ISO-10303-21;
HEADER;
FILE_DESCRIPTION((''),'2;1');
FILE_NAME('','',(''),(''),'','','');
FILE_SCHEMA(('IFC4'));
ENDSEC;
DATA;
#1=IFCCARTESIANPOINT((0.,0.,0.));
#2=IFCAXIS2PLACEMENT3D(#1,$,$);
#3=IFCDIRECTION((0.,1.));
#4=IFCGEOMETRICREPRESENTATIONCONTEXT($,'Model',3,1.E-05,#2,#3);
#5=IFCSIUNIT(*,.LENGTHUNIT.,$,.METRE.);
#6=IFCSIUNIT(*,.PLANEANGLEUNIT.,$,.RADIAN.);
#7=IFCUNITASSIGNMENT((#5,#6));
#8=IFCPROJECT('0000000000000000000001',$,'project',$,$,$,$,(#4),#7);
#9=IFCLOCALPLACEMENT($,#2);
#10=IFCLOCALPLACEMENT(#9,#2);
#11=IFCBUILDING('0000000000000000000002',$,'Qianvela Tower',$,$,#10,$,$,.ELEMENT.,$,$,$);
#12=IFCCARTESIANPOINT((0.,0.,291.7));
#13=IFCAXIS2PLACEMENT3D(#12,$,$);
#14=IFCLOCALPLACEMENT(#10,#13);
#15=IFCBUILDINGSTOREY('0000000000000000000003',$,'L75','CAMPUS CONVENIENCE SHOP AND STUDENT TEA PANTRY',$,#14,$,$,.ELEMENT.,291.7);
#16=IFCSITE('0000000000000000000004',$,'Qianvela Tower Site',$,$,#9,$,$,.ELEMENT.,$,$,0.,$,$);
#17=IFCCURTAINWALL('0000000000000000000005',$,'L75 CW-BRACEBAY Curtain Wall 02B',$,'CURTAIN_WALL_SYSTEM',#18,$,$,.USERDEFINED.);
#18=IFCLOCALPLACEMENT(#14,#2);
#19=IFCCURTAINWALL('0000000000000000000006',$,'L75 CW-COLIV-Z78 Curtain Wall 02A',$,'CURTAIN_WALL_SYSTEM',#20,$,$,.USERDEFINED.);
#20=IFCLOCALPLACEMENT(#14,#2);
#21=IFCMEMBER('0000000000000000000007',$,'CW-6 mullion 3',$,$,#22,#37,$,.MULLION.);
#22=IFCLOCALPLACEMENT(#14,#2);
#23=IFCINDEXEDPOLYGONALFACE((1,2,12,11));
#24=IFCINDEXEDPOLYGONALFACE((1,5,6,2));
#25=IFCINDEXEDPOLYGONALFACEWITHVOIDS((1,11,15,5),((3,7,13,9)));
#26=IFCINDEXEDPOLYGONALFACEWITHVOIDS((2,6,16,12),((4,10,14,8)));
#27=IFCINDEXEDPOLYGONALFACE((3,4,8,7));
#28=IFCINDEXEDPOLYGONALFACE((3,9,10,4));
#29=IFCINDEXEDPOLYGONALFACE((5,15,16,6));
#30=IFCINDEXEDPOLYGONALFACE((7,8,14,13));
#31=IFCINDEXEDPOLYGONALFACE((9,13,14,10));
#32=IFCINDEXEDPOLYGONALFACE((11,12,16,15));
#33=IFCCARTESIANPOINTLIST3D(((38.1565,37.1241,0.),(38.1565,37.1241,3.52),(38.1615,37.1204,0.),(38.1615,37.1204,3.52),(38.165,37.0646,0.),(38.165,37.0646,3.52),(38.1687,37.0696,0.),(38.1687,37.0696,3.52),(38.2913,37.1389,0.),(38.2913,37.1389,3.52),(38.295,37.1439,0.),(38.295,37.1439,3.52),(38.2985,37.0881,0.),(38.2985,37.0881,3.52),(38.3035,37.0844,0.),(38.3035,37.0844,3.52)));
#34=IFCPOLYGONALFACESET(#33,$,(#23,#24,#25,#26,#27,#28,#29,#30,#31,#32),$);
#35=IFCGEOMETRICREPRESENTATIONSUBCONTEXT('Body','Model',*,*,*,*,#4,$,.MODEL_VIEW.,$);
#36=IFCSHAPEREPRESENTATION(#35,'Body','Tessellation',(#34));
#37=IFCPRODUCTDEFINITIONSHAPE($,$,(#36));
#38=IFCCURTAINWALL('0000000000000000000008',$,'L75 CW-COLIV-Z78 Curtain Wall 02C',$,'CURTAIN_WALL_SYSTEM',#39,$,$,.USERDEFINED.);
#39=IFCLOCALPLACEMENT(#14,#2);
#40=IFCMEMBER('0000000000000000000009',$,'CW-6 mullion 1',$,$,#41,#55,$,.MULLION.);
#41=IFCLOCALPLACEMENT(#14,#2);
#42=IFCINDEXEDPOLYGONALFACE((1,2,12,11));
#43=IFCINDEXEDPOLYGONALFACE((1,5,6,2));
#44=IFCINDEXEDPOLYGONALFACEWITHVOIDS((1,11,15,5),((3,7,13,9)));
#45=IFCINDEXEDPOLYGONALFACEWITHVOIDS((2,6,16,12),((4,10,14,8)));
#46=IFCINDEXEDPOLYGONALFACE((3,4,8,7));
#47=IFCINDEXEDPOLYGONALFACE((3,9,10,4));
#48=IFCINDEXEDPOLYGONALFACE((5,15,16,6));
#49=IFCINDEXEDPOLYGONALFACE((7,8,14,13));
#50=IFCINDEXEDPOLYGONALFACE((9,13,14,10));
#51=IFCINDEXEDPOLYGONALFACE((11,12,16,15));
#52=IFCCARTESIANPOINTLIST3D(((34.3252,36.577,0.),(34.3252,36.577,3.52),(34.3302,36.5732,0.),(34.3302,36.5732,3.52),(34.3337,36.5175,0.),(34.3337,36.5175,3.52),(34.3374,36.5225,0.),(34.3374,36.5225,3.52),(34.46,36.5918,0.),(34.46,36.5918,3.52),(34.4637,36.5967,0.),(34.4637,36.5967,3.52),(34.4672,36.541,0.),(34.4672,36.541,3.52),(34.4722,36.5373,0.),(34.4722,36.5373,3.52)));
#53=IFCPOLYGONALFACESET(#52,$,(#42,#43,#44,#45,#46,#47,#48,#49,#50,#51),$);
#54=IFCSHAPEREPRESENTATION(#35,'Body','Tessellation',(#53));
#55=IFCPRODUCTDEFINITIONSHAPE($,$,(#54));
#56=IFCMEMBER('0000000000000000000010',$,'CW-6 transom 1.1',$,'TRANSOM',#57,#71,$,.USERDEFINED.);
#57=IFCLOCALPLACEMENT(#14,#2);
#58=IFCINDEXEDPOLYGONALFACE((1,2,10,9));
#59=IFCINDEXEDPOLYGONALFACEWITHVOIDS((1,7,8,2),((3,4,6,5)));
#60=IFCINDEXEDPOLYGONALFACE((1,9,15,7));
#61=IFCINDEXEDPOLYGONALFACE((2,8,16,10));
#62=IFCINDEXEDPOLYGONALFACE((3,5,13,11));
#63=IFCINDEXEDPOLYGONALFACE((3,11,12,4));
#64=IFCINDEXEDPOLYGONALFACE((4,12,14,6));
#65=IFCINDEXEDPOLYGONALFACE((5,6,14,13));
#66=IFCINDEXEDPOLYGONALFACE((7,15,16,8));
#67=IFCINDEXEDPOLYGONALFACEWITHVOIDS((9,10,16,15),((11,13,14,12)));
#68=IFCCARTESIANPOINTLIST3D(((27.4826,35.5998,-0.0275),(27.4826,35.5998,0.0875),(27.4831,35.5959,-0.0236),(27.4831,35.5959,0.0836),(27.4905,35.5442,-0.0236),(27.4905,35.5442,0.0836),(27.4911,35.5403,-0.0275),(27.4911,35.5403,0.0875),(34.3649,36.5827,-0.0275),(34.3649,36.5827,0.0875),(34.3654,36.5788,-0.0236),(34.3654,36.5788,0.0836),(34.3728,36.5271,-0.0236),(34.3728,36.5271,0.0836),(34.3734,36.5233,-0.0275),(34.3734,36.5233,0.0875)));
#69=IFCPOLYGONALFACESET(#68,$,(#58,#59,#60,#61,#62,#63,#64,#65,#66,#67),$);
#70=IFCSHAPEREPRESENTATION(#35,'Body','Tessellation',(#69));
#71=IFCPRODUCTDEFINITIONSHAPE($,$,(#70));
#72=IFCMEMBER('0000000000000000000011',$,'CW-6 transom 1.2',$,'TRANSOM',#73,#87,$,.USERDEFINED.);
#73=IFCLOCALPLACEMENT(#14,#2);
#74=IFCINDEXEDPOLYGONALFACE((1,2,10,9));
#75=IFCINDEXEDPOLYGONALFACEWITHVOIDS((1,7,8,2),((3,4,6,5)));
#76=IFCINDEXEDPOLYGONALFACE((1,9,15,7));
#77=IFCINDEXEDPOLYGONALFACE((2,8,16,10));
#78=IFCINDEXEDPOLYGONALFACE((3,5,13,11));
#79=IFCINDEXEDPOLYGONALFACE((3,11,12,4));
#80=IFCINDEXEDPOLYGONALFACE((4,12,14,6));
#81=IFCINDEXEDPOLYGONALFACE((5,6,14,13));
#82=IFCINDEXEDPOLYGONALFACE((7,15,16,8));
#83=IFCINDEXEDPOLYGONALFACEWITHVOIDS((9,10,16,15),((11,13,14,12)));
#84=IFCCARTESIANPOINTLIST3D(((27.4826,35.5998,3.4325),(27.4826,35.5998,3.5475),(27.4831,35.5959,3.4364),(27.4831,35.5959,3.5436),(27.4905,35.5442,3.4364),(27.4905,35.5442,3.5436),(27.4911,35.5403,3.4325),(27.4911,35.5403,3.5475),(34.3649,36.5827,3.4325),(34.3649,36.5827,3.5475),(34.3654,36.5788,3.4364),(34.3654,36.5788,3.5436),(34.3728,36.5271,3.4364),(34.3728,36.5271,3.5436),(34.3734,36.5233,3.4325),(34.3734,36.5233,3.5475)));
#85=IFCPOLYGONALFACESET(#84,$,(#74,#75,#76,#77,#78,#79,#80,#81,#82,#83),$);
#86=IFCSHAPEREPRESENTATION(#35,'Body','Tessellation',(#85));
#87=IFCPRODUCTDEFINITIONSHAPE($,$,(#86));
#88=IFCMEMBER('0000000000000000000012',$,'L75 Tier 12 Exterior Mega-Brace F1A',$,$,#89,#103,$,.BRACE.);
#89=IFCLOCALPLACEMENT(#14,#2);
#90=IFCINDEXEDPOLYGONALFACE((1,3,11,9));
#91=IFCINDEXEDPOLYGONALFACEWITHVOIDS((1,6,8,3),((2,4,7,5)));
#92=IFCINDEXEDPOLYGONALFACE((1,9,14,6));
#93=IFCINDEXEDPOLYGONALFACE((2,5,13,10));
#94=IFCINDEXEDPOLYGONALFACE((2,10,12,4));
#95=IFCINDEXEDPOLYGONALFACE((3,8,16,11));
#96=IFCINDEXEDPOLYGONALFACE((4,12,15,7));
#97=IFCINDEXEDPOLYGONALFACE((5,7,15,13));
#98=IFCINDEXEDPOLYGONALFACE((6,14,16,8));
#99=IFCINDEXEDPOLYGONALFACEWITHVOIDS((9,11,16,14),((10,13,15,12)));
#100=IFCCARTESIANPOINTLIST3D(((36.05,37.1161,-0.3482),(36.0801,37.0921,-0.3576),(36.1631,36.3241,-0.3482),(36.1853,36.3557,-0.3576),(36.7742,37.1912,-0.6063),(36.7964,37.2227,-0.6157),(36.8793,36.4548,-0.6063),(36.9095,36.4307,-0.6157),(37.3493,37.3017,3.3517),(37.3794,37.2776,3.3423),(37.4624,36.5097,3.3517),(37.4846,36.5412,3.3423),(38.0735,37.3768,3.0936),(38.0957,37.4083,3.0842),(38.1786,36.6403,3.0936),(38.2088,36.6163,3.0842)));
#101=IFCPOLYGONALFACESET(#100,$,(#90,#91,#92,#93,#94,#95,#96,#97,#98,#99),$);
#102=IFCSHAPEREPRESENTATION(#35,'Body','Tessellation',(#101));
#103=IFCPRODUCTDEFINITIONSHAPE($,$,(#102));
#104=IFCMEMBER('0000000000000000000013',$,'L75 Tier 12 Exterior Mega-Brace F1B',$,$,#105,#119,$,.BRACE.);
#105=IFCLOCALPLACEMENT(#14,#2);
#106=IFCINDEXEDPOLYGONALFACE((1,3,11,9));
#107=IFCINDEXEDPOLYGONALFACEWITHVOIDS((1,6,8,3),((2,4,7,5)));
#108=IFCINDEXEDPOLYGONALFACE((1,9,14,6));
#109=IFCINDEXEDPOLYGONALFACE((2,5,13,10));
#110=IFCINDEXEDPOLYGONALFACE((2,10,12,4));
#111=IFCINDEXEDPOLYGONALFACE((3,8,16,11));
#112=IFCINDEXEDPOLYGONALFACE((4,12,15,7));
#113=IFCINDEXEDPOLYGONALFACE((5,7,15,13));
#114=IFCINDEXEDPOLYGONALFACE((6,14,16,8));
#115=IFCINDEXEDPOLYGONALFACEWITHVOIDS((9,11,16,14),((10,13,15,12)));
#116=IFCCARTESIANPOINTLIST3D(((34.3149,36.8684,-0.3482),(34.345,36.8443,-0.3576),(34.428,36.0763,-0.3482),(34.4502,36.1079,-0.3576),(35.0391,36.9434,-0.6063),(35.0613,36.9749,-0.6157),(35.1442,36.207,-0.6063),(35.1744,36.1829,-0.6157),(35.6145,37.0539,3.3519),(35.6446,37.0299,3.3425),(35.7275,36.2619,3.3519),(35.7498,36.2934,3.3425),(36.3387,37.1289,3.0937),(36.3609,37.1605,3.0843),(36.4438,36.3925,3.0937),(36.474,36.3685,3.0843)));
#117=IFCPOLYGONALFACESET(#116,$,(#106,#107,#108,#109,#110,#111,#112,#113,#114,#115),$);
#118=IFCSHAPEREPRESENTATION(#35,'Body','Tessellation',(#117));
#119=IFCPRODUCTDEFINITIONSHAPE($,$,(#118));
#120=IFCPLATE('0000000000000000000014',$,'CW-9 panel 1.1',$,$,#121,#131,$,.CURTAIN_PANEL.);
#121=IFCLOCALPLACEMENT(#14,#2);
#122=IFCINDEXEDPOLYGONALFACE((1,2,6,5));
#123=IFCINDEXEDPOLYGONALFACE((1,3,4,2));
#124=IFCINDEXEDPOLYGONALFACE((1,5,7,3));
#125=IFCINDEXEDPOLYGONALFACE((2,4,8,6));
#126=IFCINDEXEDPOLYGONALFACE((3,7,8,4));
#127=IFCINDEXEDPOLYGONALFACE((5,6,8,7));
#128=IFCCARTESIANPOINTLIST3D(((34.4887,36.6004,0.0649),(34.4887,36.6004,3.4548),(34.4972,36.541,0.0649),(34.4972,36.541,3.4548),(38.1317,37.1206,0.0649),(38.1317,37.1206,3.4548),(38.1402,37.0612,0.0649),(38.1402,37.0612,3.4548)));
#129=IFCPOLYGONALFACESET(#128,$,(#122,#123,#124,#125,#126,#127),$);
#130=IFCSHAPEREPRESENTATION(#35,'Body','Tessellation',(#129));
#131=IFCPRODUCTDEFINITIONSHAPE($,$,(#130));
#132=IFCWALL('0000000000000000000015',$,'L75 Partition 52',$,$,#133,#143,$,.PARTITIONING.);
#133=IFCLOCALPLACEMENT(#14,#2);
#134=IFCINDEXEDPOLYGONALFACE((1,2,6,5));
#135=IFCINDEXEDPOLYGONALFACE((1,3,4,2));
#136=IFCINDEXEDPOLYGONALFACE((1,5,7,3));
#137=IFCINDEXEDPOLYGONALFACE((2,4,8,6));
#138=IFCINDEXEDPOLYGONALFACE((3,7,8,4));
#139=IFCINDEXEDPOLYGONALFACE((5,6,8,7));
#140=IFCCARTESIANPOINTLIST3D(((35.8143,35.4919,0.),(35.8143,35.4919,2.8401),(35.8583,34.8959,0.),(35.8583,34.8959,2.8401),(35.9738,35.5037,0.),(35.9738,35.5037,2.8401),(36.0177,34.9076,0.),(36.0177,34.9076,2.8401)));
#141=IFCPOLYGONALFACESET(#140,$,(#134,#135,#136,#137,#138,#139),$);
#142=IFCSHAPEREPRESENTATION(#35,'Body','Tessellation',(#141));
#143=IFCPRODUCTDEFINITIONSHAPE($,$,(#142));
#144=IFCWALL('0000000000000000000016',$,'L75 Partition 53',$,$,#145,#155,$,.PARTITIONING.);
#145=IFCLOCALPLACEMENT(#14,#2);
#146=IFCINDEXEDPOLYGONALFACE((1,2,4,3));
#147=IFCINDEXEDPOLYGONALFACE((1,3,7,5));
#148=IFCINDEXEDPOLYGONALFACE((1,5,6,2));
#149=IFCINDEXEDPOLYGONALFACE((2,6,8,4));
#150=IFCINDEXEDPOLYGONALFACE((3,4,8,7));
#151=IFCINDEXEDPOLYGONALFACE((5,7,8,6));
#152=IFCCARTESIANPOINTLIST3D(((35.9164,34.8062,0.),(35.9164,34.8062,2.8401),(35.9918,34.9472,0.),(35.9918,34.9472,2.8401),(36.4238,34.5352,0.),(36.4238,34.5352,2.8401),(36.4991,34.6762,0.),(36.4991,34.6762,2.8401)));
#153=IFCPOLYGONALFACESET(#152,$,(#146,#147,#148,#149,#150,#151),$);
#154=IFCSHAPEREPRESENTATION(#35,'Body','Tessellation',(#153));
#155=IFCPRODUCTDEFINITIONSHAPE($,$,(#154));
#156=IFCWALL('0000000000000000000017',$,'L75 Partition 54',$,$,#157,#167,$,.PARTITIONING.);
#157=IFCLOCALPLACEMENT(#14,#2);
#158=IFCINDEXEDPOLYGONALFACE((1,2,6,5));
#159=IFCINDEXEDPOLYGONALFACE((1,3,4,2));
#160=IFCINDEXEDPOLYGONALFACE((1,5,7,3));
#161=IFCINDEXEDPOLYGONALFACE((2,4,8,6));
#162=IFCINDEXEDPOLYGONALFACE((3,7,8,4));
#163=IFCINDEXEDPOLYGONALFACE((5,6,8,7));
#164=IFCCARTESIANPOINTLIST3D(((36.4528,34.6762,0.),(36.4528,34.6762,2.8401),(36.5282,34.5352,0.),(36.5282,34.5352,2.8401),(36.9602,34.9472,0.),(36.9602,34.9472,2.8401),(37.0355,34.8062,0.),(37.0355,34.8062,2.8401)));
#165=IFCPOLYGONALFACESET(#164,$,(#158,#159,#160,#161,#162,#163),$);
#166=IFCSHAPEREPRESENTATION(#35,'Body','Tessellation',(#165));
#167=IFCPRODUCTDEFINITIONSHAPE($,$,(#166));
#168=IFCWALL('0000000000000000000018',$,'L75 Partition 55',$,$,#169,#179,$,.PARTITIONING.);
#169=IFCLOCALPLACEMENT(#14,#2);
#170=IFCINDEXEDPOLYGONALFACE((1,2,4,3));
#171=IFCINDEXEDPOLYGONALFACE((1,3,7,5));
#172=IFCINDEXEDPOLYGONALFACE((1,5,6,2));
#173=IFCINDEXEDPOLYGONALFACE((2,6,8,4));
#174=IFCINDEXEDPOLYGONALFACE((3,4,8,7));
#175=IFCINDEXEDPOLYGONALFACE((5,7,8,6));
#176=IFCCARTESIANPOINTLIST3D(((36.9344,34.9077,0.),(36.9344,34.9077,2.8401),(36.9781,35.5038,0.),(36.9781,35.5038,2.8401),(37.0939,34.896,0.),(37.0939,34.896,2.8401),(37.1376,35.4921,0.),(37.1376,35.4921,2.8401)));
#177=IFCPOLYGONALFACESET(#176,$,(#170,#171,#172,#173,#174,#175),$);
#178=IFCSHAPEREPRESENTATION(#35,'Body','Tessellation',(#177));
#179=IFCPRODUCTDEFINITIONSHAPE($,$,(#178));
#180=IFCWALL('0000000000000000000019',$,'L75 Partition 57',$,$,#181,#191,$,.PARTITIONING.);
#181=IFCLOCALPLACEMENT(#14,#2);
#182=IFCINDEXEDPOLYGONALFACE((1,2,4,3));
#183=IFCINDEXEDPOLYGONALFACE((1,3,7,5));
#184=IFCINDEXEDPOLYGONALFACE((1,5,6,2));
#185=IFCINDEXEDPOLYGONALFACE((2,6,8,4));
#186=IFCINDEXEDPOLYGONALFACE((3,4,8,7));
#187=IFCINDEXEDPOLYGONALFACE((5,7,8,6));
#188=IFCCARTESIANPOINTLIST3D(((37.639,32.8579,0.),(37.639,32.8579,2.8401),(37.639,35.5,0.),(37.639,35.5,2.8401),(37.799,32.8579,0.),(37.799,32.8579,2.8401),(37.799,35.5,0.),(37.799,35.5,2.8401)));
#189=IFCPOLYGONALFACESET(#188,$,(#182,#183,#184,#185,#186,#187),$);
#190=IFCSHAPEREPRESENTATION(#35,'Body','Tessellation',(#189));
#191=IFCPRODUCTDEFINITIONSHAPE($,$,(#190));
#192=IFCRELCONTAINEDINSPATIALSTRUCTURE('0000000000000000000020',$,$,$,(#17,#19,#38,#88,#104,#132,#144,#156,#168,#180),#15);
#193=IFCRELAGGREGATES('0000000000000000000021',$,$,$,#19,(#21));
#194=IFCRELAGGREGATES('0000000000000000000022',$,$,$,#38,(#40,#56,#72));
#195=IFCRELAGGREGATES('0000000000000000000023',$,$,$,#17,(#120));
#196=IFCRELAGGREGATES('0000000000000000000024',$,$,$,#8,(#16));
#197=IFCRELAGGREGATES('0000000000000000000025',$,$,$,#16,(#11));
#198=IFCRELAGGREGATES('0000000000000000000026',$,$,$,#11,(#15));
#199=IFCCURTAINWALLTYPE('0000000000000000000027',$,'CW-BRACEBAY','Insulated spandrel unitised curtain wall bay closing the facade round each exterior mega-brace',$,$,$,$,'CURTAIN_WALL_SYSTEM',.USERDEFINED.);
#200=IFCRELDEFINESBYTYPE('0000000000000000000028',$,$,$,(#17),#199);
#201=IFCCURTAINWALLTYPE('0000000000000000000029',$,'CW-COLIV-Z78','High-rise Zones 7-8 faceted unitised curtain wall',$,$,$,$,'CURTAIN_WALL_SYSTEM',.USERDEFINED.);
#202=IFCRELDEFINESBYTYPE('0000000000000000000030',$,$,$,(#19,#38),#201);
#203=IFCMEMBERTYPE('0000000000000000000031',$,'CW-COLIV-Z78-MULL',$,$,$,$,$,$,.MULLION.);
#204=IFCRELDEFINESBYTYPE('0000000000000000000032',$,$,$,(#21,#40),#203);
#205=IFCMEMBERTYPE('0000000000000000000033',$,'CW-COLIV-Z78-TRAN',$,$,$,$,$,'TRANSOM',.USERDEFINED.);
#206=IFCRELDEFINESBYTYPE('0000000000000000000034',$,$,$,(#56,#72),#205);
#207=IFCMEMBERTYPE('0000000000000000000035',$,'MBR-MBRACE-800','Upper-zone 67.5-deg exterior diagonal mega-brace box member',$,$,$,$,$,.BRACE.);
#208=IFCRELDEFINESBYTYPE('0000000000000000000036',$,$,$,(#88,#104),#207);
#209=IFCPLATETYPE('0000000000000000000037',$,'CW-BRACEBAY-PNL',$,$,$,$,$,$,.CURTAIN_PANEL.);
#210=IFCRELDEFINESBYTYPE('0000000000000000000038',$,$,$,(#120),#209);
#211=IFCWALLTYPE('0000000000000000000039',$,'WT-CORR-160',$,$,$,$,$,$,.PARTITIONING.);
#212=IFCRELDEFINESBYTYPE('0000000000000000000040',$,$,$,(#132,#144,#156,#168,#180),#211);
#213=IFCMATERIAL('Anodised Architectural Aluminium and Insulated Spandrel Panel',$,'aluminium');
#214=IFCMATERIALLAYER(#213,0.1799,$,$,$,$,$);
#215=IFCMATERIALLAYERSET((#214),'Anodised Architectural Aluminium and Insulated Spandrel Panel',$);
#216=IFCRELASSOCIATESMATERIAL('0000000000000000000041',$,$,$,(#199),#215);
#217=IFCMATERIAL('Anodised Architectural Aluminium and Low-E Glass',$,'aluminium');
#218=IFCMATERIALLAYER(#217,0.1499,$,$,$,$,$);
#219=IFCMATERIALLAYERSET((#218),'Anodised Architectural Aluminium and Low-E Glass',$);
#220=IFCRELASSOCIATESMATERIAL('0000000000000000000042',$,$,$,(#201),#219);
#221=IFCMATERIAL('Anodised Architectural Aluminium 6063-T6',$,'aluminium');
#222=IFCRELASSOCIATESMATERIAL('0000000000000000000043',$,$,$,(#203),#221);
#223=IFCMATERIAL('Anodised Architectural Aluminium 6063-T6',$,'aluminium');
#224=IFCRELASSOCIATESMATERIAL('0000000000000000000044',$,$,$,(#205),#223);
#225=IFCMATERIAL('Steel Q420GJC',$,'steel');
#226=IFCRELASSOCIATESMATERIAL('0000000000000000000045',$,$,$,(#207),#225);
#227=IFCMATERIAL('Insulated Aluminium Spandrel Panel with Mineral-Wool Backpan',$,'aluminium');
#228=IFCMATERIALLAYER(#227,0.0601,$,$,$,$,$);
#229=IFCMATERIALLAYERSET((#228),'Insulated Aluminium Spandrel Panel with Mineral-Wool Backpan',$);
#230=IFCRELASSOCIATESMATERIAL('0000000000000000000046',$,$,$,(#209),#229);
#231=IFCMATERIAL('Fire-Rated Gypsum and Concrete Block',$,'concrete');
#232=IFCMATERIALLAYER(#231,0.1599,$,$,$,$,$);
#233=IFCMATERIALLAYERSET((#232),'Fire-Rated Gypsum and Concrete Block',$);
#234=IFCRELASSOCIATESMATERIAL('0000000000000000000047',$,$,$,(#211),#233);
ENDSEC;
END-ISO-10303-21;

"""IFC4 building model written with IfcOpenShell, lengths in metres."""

from ifc_helpers import new_model, si_unit, direction, frame, frame_2d, origin, origin_2d, place, context, subcontext, project, spatial, rectangle, hollow_rectangle, extrude, material, layer, layer_set, material_profile, profile_set, type_object, element, aggregate, save


model = new_model("IFC4")

# Units and contexts
model_context = context("Model", 3, precision=1e-05, world=origin(), true_north=direction((0.0, 1.0)))
body_context = subcontext(model_context, "Body", "Model", "MODEL_VIEW")
ifc_project = project(units=[si_unit("LENGTHUNIT", "METRE"), si_unit("PLANEANGLEUNIT", "RADIAN")], contexts=[model_context])

# Site, building, storey
site_placement = place(None, origin())
site = spatial("IfcSite", under=ifc_project, at=site_placement, Name="Qianvela Tower Site", CompositionType="ELEMENT", RefElevation=0.0)
building_placement = place(site_placement, origin())
building = spatial("IfcBuilding", under=site, at=building_placement, Name="Qianvela Tower", CompositionType="ELEMENT")
storey_placement = place(building_placement, frame((0.0, 0.0, 291.7)))
storey = spatial("IfcBuildingStorey", under=building, at=storey_placement, Name="L75", Description="CAMPUS CONVENIENCE SHOP AND STUDENT TEA PANTRY", CompositionType="ELEMENT", Elevation=291.7)

# Curtain wall
ifc_material_1 = material(Name="Anodised Architectural Aluminium and Insulated Spandrel Panel", Category="aluminium")
ifc_layer_1 = layer(ifc_material_1, 0.1799)
ifc_layer_set_1 = layer_set([ifc_layer_1], Name="Anodised Architectural Aluminium and Insulated Spandrel Panel")
curtain_wall_type_1 = type_object("IfcCurtainWallType", Name="CW-BRACEBAY", Description="Insulated spandrel unitised curtain wall bay closing the facade round each exterior mega-brace", ElementType="CURTAIN_WALL_SYSTEM", PredefinedType="USERDEFINED", material=ifc_layer_set_1)
curtain_wall_1_placement = place(storey_placement, origin())
curtain_wall_1 = element("IfcCurtainWall", 1, at=curtain_wall_1_placement, inside=storey, type_object=curtain_wall_type_1, Name="L75 CW-BRACEBAY Curtain Wall 02B", ObjectType="CURTAIN_WALL_SYSTEM", PredefinedType="USERDEFINED")

# Curtain wall, member
ifc_material_2 = material(Name="Anodised Architectural Aluminium and Low-E Glass", Category="aluminium")
ifc_layer_2 = layer(ifc_material_2, 0.1499)
ifc_layer_set_2 = layer_set([ifc_layer_2], Name="Anodised Architectural Aluminium and Low-E Glass")
curtain_wall_type_2 = type_object("IfcCurtainWallType", Name="CW-COLIV-Z78", Description="High-rise Zones 7-8 faceted unitised curtain wall", ElementType="CURTAIN_WALL_SYSTEM", PredefinedType="USERDEFINED", material=ifc_layer_set_2)
curtain_wall_2_placement = place(storey_placement, origin())
curtain_wall_2 = element("IfcCurtainWall", 2, at=curtain_wall_2_placement, inside=storey, type_object=curtain_wall_type_2, Name="L75 CW-COLIV-Z78 Curtain Wall 02A", ObjectType="CURTAIN_WALL_SYSTEM", PredefinedType="USERDEFINED")
ifc_material_3 = material(Name="Anodised Architectural Aluminium 6063-T6", Category="aluminium")
ifc_material_profile_1 = material_profile(ifc_material_3, hollow_rectangle(XDim=0.0601, YDim=0.1399, WallThickness=0.0044, at=origin_2d()), Name="ALU-MULL-60x140")
ifc_profile_set_1 = profile_set([ifc_material_profile_1], Name="Anodised Architectural Aluminium 6063-T6")
member_type_1 = type_object("IfcMemberType", Name="CW-COLIV-Z78-MULL", PredefinedType="MULLION", material=ifc_profile_set_1)
member_1_placement = place(storey_placement, frame((38.23, 37.1042, 0.0), z_axis=(0.0, 0.0, 1.0), x_axis=(0.141365, -0.989958, 0.0)))
member_1 = element("IfcMember", 3, at=member_1_placement, type_object=member_type_1, Name="CW-6 mullion 3", PredefinedType="MULLION", context=body_context, shape_type="SweptSolid", body=[
    extrude(hollow_rectangle(XDim=0.0601, YDim=0.1399, WallThickness=0.0044, at=origin_2d()), origin(), (0.0, 0.0, 1.0), 3.52),
])
aggregate(curtain_wall_2, [member_1])

# Curtain wall, members
curtain_wall_3_placement = place(storey_placement, origin())
curtain_wall_3 = element("IfcCurtainWall", 4, at=curtain_wall_3_placement, inside=storey, type_object=curtain_wall_type_2, Name="L75 CW-COLIV-Z78 Curtain Wall 02C", ObjectType="CURTAIN_WALL_SYSTEM", PredefinedType="USERDEFINED")
member_2_placement = place(storey_placement, frame((34.3987, 36.5571, 0.0), z_axis=(0.0, 0.0, 1.0), x_axis=(0.141365, -0.989958, 0.0)))
member_2 = element("IfcMember", 5, at=member_2_placement, type_object=member_type_1, Name="CW-6 mullion 1", PredefinedType="MULLION", context=body_context, shape_type="SweptSolid", body=[
    extrude(hollow_rectangle(XDim=0.0601, YDim=0.1399, WallThickness=0.0044, at=origin_2d()), origin(), (0.0, 0.0, 1.0), 3.52),
])
ifc_material_4 = material(Name="Anodised Architectural Aluminium 6063-T6", Category="aluminium")
ifc_material_profile_2 = material_profile(ifc_material_4, hollow_rectangle(XDim=0.0601, YDim=0.115, WallThickness=0.0039, at=origin_2d()), Name="ALU-TRAN-60x115")
ifc_profile_set_2 = profile_set([ifc_material_profile_2], Name="Anodised Architectural Aluminium 6063-T6")
member_type_2 = type_object("IfcMemberType", Name="CW-COLIV-Z78-TRAN", ElementType="TRANSOM", PredefinedType="USERDEFINED", material=ifc_profile_set_2)
member_3_placement = place(storey_placement, frame((34.3691, 36.553, 0.03), z_axis=(-0.989955, -0.141382, 0.0), x_axis=(0.141382, -0.989955, 0.0)))
member_3 = element("IfcMember", 6, at=member_3_placement, type_object=member_type_2, Name="CW-6 transom 1.1", ObjectType="TRANSOM", PredefinedType="USERDEFINED", context=body_context, shape_type="SweptSolid", body=[
    extrude(hollow_rectangle(XDim=0.0601, YDim=0.115, WallThickness=0.0039, at=origin_2d()), origin(), (0.0, 0.0, 1.0), 6.9521),
])
member_4_placement = place(storey_placement, frame((34.3691, 36.553, 3.49), z_axis=(-0.989955, -0.141382, 0.0), x_axis=(0.141382, -0.989955, 0.0)))
member_4 = element("IfcMember", 7, at=member_4_placement, type_object=member_type_2, Name="CW-6 transom 1.2", ObjectType="TRANSOM", PredefinedType="USERDEFINED", context=body_context, shape_type="SweptSolid", body=[
    extrude(hollow_rectangle(XDim=0.0601, YDim=0.115, WallThickness=0.0039, at=origin_2d()), origin(), (0.0, 0.0, 1.0), 6.9521),
])
aggregate(curtain_wall_3, [member_2, member_3, member_4])

# Members
ifc_material_5 = material(Name="Steel Q420GJC", Category="steel")
ifc_material_profile_3 = material_profile(ifc_material_5, hollow_rectangle(XDim=0.8, YDim=0.8, WallThickness=0.0281, at=origin_2d()), Name="MBOX-800x800x28")
ifc_profile_set_3 = profile_set([ifc_material_profile_3], Name="Steel Q420GJC")
member_type_3 = type_object("IfcMemberType", Name="MBR-MBRACE-800", Description="Upper-zone 67.5-deg exterior diagonal mega-brace box member", PredefinedType="BRACE", material=ifc_profile_set_3)
member_5_placement = place(storey_placement, frame((36.4797, 36.7734, -0.4819), z_axis=(0.330964, 0.047263, 0.942459), x_axis=(-0.141369, 0.989957, 0.0)))
element("IfcMember", 8, at=member_5_placement, inside=storey, type_object=member_type_3, Name="L75 Tier 12 Exterior Mega-Brace F1A", PredefinedType="BRACE", context=body_context, shape_type="SweptSolid", body=[
    extrude(hollow_rectangle(XDim=0.8, YDim=0.8, WallThickness=0.0281, at=origin_2d()), origin(), (0.0, 0.0, 1.0), 3.9258),
])
member_6_placement = place(storey_placement, frame((34.7446, 36.5256, -0.4819), z_axis=(0.33102, 0.047262, 0.942439), x_axis=(-0.141343, 0.989961, 0.0)))
element("IfcMember", 9, at=member_6_placement, inside=storey, type_object=member_type_3, Name="L75 Tier 12 Exterior Mega-Brace F1B", PredefinedType="BRACE", context=body_context, shape_type="SweptSolid", body=[
    extrude(hollow_rectangle(XDim=0.8, YDim=0.8, WallThickness=0.0281, at=origin_2d()), origin(), (0.0, 0.0, 1.0), 3.926),
])

# Plate
ifc_material_6 = material(Name="Insulated Aluminium Spandrel Panel with Mineral-Wool Backpan", Category="aluminium")
ifc_layer_3 = layer(ifc_material_6, 0.0601)
ifc_layer_set_3 = layer_set([ifc_layer_3], Name="Insulated Aluminium Spandrel Panel with Mineral-Wool Backpan")
plate_type = type_object("IfcPlateType", Name="CW-BRACEBAY-PNL", PredefinedType="CURTAIN_PANEL", material=ifc_layer_set_3)
plate_placement = place(storey_placement, frame((36.3145, 36.8308, 0.0649), z_axis=(0.0, 0.0, 1.0), x_axis=(-0.989957, -0.141366, 0.0)))
plate = element("IfcPlate", 10, at=plate_placement, type_object=plate_type, Name="CW-9 panel 1.1", PredefinedType="CURTAIN_PANEL", context=body_context, shape_type="SweptSolid", body=[
    extrude(rectangle(XDim=3.6799, YDim=0.0601, at=origin_2d()), origin(), (0.0, 0.0, 1.0), 3.3899),
])
aggregate(curtain_wall_1, [plate])

# Walls
ifc_material_7 = material(Name="Fire-Rated Gypsum and Concrete Block", Category="concrete")
ifc_layer_4 = layer(ifc_material_7, 0.1599)
ifc_layer_set_4 = layer_set([ifc_layer_4], Name="Fire-Rated Gypsum and Concrete Block")
wall_type_1 = type_object("IfcWallType", Name="WT-CORR-160", PredefinedType="PARTITIONING", material=ifc_layer_set_4)
wall_1_placement = place(storey_placement, frame((35.894, 35.4978, 0.0), z_axis=(0.0, 0.0, 1.0), x_axis=(0.073541, -0.997292, 0.0)))
element("IfcWall", 11, at=wall_1_placement, inside=storey, type_object=wall_type_1, Name="L75 Partition 52", PredefinedType="PARTITIONING", context=body_context, shape_type="SweptSolid", body=[
    extrude(rectangle(XDim=0.5977, YDim=0.1599, at=frame_2d((0.2988, 0.0))), origin(), (0.0, 0.0, 1.0), 2.8401),
])
for number, where, z_axis, x_axis, name in (
    (12, (35.9541, 34.8767, 0.0), (0.0, 0.0, 1.0), (0.882047, -0.471161, 0.0), "L75 Partition 53"),
    (13, (36.4905, 34.6057, 0.0), (0.0, 0.0, 1.0), (0.882047, 0.471161, 0.0), "L75 Partition 54"),
):
    element("IfcWall", number, at=place(storey_placement, frame(where, z_axis=z_axis, x_axis=x_axis)), inside=storey, type_object=wall_type_1, Name=name, PredefinedType="PARTITIONING", context=body_context, shape_type="SweptSolid", body=[
        extrude(rectangle(XDim=0.5752, YDim=0.1599, at=frame_2d((0.2876, 0.0))), origin(), (0.0, 0.0, 1.0), 2.8401),
    ])
wall_2_placement = place(storey_placement, frame((37.0142, 34.9019, 0.0), z_axis=(0.0, 0.0, 1.0), x_axis=(0.073134, 0.997322, 0.0)))
element("IfcWall", 14, at=wall_2_placement, inside=storey, type_object=wall_type_1, Name="L75 Partition 55", PredefinedType="PARTITIONING", context=body_context, shape_type="SweptSolid", body=[
    extrude(rectangle(XDim=0.5977, YDim=0.1599, at=frame_2d((0.2988, 0.0))), origin(), (0.0, 0.0, 1.0), 2.8401),
])
wall_3_placement = place(storey_placement, frame((37.719, 35.5, 0.0), z_axis=(0.0, 0.0, 1.0), x_axis=(0.0, -1.0, 0.0)))
element("IfcWall", 15, at=wall_3_placement, inside=storey, type_object=wall_type_1, Name="L75 Partition 57", PredefinedType="PARTITIONING", context=body_context, shape_type="SweptSolid", body=[
    extrude(rectangle(XDim=2.6421, YDim=0.1599, at=frame_2d((1.321, 0.0))), origin(), (0.0, 0.0, 1.0), 2.8401),
])

save(model, "model.ifc")
